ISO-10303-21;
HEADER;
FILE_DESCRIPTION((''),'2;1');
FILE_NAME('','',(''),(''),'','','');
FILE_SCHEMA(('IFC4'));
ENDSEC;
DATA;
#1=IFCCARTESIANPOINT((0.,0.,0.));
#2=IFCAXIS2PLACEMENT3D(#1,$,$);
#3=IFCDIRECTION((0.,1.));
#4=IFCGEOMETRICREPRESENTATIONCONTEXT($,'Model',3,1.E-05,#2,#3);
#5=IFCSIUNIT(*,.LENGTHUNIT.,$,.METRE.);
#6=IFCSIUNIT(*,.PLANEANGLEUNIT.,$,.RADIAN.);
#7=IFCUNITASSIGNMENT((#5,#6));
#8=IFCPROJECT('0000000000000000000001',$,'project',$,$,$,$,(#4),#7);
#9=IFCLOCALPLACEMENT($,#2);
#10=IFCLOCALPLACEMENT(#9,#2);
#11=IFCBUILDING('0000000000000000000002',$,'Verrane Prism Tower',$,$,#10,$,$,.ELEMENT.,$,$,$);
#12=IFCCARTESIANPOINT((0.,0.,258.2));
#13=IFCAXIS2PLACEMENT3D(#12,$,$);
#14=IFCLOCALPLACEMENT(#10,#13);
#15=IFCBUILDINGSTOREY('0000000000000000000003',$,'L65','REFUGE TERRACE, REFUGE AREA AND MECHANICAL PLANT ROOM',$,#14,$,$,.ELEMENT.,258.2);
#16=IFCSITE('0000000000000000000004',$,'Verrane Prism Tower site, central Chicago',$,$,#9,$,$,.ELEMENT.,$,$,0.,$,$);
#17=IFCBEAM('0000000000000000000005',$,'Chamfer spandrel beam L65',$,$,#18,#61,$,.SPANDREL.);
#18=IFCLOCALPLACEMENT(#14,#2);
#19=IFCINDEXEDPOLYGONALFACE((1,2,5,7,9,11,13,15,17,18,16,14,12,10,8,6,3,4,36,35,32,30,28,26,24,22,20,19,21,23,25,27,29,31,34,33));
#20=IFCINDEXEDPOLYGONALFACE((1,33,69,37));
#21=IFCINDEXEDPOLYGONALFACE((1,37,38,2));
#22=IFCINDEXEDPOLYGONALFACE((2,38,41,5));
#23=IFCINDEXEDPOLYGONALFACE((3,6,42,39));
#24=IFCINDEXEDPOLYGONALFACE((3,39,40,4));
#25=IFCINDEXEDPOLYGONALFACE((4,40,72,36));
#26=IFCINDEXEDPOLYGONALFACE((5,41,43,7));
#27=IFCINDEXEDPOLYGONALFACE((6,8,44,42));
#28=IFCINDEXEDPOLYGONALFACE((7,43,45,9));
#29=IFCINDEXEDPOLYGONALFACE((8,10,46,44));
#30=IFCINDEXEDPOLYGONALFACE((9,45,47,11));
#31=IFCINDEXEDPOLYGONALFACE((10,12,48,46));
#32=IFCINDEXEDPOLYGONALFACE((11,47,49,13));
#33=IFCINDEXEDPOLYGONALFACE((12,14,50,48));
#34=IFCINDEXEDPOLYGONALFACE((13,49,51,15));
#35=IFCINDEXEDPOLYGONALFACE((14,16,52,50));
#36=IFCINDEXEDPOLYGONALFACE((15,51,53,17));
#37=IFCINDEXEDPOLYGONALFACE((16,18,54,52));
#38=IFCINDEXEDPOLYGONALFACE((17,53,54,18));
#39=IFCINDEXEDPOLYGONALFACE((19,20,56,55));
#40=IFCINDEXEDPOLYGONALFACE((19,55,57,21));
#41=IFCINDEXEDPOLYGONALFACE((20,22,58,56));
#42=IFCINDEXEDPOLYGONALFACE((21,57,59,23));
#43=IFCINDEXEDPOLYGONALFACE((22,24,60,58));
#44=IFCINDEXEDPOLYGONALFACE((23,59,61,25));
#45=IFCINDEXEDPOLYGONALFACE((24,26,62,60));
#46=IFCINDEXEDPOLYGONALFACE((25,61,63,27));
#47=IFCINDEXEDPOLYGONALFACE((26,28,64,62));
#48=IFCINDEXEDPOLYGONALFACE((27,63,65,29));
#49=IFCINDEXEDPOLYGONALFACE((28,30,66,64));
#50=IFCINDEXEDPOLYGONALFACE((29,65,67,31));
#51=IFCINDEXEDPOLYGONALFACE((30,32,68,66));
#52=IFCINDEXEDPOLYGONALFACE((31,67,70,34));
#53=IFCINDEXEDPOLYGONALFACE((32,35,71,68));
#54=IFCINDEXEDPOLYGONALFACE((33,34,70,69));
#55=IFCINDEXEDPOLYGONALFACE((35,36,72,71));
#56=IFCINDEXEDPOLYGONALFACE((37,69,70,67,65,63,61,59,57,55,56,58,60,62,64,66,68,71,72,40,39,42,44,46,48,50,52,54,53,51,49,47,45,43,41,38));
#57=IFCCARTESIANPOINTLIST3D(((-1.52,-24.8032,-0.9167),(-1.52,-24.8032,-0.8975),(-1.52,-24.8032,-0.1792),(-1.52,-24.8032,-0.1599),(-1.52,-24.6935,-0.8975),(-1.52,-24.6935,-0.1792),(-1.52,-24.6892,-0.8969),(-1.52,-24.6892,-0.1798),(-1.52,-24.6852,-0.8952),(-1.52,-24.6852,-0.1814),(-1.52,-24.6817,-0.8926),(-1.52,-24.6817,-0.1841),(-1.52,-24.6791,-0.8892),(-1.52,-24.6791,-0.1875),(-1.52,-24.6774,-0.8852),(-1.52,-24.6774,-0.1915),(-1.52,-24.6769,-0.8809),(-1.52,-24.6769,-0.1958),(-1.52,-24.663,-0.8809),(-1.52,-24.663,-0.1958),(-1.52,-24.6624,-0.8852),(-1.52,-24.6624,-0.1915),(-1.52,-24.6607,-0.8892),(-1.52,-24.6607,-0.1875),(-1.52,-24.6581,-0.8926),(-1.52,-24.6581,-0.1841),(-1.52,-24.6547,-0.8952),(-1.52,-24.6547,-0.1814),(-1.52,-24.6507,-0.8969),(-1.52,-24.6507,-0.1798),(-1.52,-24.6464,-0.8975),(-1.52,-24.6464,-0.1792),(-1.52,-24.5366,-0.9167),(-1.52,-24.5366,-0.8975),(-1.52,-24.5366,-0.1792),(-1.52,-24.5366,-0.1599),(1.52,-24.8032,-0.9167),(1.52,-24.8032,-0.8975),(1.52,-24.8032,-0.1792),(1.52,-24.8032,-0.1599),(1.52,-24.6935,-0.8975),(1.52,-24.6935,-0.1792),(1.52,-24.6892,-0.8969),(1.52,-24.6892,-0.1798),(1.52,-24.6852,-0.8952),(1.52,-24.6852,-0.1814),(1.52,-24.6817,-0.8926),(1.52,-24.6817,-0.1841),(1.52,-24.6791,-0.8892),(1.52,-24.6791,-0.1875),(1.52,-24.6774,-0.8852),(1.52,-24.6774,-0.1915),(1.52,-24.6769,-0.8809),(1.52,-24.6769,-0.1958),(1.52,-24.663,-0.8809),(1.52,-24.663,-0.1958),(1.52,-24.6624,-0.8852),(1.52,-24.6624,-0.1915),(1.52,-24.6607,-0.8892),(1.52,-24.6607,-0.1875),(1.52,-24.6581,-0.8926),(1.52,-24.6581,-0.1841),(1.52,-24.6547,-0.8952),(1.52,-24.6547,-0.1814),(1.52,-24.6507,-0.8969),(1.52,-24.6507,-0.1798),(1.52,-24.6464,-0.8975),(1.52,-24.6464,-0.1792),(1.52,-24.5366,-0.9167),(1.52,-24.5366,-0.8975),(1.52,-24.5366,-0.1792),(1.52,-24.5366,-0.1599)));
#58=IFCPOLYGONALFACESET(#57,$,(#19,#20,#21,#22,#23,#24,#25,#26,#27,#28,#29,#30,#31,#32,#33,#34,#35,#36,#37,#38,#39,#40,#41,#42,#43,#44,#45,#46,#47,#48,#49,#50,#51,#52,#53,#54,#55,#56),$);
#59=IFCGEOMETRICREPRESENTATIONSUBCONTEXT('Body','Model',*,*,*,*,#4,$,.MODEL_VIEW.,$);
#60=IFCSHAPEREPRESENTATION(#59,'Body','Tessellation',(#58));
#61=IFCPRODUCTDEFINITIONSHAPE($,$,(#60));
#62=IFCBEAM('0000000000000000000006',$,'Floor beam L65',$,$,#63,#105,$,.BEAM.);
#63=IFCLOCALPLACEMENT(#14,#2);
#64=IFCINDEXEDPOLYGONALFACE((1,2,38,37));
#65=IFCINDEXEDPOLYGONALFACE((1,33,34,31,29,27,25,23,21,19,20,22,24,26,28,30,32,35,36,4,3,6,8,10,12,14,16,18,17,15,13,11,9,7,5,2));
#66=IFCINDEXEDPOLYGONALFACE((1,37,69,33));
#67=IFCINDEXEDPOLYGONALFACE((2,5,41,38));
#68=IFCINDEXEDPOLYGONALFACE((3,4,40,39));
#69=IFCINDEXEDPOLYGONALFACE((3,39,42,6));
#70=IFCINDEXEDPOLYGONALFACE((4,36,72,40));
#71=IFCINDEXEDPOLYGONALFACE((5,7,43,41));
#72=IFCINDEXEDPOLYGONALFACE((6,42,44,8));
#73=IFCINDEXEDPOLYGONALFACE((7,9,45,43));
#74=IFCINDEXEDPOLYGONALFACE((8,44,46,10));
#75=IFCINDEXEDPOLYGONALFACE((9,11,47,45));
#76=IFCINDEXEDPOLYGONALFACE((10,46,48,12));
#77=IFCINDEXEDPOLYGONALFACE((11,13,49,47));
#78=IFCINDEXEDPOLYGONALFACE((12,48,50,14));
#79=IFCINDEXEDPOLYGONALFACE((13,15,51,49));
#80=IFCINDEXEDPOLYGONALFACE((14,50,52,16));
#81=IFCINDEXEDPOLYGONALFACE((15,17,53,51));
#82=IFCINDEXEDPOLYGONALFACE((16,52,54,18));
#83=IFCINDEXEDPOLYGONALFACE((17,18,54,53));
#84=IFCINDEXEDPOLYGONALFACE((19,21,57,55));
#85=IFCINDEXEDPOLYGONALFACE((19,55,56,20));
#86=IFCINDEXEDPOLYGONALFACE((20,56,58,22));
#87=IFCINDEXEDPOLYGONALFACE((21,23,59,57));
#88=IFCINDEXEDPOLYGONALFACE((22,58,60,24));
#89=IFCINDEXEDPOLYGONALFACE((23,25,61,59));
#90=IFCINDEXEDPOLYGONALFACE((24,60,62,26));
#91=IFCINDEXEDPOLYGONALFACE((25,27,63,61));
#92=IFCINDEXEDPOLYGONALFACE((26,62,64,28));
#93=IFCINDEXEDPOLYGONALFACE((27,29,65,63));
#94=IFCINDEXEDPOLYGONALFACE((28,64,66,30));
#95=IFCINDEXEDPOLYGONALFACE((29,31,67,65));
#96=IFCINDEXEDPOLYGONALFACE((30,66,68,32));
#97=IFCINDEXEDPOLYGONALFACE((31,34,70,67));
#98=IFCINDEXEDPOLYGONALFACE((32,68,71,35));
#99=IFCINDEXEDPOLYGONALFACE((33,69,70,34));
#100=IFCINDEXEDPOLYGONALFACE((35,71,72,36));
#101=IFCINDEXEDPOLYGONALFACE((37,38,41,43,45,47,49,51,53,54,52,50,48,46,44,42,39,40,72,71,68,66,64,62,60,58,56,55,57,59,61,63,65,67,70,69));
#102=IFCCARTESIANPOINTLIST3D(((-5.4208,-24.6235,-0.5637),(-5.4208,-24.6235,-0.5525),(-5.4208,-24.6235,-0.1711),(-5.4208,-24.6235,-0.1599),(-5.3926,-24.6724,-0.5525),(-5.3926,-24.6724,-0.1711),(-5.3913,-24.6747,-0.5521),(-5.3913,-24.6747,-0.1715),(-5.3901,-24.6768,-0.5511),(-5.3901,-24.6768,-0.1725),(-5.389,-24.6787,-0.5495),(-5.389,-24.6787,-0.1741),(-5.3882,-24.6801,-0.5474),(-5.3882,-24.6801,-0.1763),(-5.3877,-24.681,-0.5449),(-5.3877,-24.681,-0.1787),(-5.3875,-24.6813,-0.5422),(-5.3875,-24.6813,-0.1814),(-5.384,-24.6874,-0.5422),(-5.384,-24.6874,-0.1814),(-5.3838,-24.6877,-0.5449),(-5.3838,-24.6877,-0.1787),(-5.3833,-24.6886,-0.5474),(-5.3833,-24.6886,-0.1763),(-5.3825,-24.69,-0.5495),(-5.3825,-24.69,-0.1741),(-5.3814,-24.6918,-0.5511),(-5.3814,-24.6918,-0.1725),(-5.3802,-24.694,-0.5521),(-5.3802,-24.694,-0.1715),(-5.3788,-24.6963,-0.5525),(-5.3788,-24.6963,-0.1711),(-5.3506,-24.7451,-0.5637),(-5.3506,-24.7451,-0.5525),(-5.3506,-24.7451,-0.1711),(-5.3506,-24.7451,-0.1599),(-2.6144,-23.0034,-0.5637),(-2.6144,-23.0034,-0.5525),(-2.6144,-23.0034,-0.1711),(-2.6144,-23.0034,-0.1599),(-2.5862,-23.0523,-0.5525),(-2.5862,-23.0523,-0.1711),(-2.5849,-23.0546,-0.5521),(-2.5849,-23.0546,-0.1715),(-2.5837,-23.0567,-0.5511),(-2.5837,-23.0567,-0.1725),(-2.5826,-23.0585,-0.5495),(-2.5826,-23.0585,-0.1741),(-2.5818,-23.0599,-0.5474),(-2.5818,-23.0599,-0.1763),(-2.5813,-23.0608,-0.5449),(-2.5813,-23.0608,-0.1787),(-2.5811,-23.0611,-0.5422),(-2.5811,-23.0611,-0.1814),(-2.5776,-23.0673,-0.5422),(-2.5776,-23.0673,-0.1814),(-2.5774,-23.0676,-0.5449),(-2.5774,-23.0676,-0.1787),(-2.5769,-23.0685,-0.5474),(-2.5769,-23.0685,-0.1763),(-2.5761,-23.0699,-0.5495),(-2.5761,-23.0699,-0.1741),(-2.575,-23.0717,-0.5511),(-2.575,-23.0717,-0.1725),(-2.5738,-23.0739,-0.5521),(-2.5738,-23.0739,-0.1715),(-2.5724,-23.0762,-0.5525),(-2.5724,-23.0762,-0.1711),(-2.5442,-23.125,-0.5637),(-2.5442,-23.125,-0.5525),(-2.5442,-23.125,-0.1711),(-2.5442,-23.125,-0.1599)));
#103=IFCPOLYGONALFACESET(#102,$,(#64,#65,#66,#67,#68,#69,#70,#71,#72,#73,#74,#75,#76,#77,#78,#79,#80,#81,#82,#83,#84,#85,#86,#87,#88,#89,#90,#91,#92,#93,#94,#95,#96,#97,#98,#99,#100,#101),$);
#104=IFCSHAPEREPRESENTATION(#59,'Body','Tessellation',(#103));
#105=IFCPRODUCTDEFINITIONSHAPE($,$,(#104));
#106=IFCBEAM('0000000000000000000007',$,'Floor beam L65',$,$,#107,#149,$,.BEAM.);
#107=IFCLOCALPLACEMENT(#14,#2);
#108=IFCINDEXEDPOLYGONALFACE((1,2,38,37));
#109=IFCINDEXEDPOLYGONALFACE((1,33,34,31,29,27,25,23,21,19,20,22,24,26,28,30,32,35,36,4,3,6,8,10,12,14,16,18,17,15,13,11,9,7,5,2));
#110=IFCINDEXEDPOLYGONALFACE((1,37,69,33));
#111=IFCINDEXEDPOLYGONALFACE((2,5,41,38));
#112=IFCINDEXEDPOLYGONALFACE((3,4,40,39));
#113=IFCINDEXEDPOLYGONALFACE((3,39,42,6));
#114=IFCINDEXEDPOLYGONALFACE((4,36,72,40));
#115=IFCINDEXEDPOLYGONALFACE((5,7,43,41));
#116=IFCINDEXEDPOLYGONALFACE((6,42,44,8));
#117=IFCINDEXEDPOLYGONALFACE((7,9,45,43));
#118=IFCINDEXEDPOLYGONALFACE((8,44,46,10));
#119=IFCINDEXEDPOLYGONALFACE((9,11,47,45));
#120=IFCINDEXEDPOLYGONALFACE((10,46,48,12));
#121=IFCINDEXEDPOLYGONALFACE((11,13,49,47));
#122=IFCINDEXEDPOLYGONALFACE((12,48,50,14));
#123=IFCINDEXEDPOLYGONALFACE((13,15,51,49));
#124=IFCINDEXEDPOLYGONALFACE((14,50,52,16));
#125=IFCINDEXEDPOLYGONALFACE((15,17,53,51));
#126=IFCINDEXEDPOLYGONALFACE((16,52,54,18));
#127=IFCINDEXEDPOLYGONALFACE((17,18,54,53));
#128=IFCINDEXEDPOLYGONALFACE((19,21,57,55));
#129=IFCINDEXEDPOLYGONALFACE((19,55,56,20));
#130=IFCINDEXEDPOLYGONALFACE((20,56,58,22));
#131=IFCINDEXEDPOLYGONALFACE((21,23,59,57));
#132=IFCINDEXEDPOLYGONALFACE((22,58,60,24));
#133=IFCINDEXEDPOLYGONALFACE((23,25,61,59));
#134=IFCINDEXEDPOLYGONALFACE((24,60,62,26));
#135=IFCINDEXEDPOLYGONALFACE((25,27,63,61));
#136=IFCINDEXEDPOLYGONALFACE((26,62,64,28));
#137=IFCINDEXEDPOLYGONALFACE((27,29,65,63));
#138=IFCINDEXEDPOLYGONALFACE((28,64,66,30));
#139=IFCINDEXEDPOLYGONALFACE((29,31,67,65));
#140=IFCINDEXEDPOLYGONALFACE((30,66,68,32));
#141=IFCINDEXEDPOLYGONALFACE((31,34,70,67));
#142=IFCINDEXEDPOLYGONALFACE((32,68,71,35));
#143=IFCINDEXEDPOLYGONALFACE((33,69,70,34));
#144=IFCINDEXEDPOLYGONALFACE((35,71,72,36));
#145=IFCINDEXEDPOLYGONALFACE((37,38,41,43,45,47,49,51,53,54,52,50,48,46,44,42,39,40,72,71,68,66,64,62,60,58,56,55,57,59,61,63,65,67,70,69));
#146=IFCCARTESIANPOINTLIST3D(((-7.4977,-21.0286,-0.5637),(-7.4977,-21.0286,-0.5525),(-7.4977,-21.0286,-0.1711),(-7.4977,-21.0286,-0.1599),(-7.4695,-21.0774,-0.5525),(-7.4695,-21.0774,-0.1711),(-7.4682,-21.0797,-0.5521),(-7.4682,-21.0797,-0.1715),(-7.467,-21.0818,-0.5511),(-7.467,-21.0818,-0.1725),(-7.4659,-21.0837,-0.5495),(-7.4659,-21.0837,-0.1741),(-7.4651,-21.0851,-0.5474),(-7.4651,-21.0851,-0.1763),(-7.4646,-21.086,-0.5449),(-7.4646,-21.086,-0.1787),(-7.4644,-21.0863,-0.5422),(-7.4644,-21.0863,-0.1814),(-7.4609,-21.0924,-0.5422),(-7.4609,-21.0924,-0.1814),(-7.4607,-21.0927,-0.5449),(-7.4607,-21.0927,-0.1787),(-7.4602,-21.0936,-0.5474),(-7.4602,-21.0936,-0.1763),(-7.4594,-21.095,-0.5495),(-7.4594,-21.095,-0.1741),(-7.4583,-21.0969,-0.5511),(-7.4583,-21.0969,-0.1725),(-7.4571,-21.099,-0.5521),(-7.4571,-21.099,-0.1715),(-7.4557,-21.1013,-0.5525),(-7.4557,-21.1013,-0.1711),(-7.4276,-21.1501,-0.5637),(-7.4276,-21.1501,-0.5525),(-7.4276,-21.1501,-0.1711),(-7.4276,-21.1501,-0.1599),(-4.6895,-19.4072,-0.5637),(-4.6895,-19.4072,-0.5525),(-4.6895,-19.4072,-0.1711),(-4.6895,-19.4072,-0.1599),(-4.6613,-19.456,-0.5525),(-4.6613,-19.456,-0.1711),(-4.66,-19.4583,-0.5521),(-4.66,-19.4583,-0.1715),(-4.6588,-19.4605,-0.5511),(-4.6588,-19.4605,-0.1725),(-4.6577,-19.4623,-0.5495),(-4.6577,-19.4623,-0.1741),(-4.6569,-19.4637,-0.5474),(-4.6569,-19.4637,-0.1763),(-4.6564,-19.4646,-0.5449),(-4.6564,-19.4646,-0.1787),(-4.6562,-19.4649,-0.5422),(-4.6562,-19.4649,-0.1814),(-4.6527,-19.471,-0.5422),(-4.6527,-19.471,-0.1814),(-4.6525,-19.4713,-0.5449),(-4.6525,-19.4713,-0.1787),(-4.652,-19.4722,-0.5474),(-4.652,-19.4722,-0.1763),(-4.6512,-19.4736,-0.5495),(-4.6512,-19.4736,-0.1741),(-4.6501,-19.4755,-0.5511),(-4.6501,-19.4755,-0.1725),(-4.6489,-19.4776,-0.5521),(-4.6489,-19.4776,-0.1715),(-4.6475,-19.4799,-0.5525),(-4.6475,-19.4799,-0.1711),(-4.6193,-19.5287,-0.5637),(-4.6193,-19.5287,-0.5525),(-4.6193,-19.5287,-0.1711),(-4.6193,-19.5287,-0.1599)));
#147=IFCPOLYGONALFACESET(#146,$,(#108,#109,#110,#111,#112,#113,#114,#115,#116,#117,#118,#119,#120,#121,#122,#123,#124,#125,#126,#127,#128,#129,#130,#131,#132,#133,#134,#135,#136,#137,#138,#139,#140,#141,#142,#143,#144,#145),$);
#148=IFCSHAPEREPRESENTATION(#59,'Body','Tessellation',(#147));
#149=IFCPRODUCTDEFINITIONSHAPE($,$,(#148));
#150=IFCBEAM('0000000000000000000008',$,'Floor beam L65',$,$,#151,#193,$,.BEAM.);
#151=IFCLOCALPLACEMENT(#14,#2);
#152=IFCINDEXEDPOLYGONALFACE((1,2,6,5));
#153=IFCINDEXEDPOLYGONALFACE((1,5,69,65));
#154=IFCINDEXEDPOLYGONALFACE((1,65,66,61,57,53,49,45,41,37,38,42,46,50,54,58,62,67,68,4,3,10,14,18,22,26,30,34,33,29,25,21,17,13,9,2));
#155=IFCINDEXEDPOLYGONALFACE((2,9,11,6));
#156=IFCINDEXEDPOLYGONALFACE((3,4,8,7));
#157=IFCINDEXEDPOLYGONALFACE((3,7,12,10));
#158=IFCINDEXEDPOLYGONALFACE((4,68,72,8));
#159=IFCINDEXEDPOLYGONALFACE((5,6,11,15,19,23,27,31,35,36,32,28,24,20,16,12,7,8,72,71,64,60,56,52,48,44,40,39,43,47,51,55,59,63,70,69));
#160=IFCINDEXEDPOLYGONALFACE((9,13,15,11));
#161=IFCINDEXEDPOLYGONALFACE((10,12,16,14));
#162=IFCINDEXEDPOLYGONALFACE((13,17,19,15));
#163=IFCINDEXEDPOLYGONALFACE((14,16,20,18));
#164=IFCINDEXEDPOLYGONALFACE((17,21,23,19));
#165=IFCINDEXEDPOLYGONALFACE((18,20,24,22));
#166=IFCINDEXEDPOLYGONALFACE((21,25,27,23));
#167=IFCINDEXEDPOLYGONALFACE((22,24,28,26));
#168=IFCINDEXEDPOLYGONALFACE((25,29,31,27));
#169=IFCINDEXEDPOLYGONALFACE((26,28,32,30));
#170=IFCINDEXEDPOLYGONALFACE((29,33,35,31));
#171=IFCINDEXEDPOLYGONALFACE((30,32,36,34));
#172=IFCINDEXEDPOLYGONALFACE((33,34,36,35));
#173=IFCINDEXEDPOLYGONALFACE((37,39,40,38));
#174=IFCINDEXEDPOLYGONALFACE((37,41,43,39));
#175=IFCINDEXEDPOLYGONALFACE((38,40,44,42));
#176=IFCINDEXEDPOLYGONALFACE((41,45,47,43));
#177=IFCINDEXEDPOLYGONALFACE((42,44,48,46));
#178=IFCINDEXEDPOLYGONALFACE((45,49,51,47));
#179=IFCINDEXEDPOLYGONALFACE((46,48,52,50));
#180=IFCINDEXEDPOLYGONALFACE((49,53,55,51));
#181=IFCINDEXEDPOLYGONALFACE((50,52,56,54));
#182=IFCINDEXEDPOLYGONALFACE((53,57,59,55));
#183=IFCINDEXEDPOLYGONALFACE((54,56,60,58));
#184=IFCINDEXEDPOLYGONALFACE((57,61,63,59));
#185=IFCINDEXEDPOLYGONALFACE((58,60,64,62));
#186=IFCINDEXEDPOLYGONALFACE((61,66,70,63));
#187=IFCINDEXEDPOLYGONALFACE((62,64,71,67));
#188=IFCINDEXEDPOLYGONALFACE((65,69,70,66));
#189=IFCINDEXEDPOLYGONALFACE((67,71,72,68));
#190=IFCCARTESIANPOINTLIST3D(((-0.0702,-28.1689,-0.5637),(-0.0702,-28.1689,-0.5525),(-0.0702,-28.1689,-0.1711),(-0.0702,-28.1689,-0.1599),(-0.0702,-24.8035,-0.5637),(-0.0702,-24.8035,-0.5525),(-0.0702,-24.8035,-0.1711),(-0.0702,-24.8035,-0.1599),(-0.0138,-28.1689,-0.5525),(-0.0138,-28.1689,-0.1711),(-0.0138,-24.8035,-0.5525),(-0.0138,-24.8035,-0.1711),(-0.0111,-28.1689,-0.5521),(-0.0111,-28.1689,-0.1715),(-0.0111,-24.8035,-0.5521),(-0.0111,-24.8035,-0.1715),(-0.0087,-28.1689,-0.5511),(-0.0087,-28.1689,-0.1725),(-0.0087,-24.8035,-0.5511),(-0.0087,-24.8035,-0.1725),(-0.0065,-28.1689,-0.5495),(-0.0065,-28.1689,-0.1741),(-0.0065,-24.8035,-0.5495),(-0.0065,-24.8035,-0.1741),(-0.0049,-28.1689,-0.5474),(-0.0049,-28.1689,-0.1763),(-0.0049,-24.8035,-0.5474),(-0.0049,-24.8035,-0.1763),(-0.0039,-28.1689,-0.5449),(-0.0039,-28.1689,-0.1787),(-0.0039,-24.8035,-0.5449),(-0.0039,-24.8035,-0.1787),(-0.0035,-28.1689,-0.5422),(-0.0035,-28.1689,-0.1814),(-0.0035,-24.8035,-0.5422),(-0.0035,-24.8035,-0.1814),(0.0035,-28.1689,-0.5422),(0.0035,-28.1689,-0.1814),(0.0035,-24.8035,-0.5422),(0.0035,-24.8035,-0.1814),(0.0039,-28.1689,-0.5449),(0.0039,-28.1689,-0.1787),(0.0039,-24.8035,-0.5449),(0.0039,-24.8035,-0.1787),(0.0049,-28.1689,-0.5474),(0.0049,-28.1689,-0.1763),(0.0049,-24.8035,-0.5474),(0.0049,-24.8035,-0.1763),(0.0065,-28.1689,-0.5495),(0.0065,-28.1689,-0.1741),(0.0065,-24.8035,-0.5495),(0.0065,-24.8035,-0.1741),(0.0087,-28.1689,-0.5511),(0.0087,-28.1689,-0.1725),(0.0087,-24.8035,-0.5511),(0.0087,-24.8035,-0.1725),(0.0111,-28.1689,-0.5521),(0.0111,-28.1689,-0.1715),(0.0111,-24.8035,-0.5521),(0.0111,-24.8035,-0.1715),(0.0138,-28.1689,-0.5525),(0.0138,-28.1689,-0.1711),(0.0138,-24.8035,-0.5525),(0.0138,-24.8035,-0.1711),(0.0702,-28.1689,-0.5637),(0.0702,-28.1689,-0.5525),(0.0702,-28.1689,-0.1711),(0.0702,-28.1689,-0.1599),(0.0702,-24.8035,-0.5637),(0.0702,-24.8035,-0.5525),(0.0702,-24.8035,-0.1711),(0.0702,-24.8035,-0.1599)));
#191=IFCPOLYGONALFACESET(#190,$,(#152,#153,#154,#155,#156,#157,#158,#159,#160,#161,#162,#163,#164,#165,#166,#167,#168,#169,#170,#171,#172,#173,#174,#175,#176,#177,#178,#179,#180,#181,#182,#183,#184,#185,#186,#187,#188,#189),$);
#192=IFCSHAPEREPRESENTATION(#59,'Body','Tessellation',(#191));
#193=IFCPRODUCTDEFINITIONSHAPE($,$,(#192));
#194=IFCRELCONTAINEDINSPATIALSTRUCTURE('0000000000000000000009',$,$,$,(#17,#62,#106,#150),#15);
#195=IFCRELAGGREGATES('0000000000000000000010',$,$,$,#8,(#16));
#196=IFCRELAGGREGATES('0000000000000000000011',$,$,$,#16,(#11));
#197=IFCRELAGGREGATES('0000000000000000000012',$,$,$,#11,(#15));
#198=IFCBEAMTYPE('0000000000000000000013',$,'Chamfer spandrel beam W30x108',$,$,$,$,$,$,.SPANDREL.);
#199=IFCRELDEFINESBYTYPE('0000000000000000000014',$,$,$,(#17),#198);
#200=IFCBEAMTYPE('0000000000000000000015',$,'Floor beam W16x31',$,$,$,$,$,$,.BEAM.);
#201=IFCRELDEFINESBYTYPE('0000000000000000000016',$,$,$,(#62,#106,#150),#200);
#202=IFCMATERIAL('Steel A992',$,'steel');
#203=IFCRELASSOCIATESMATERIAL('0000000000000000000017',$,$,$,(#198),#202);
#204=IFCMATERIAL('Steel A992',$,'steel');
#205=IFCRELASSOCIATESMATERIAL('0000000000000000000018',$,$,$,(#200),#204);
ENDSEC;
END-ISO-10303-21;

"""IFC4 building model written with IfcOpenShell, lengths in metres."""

from ifc_helpers import new_model, si_unit, direction, frame, origin, origin_2d, place, context, subcontext, project, spatial, i_section, extrude, material, material_profile, profile_set, type_object, element, save


model = new_model("IFC4")

# Units and contexts
model_context = context("Model", 3, precision=1e-05, world=origin(), true_north=direction((0.0, 1.0)))
body_context = subcontext(model_context, "Body", "Model", "MODEL_VIEW")
ifc_project = project(units=[si_unit("LENGTHUNIT", "METRE"), si_unit("PLANEANGLEUNIT", "RADIAN")], contexts=[model_context])

# Site, building, storey
site_placement = place(None, origin())
site = spatial("IfcSite", under=ifc_project, at=site_placement, Name="Verrane Prism Tower site, central Chicago", CompositionType="ELEMENT", RefElevation=0.0)
building_placement = place(site_placement, origin())
building = spatial("IfcBuilding", under=site, at=building_placement, Name="Verrane Prism Tower", CompositionType="ELEMENT")
storey_placement = place(building_placement, frame((0.0, 0.0, 258.2)))
storey = spatial("IfcBuildingStorey", under=building, at=storey_placement, Name="L65", Description="REFUGE TERRACE, REFUGE AREA AND MECHANICAL PLANT ROOM", CompositionType="ELEMENT", Elevation=258.2)

# Beams
ifc_material_1 = material(Name="Steel A992", Category="steel")
ifc_material_profile_1 = material_profile(ifc_material_1, i_section(OverallWidth=0.2666, OverallDepth=0.7568, WebThickness=0.0139, FlangeThickness=0.0193, FilletRadius=0.0166, at=origin_2d()), Name="W30x108")
ifc_profile_set_1 = profile_set([ifc_material_profile_1], Name="Steel A992")
beam_type_1 = type_object("IfcBeamType", Name="Chamfer spandrel beam W30x108", PredefinedType="SPANDREL", material=ifc_profile_set_1)
beam_1_placement = place(storey_placement, frame((-1.52, -24.6699, -0.5383), z_axis=(1.0, 0.0, 0.0), x_axis=(0.0, 1.0, 0.0)))
element("IfcBeam", 1, at=beam_1_placement, inside=storey, type_object=beam_type_1, Name="Chamfer spandrel beam L65", PredefinedType="SPANDREL", context=body_context, shape_type="SweptSolid", body=[
    extrude(i_section(OverallWidth=0.2666, OverallDepth=0.7568, WebThickness=0.0139, FlangeThickness=0.0193, FilletRadius=0.0166, at=origin_2d()), origin(), (0.0, 0.0, 1.0), 3.04),
])
ifc_material_2 = material(Name="Steel A992", Category="steel")
ifc_material_profile_2 = material_profile(ifc_material_2, i_section(OverallWidth=0.1404, OverallDepth=0.4038, WebThickness=0.0071, FlangeThickness=0.0112, FilletRadius=0.0103, at=origin_2d()), Name="W16x31")
ifc_profile_set_2 = profile_set([ifc_material_profile_2], Name="Steel A992")
beam_type_2 = type_object("IfcBeamType", Name="Floor beam W16x31", PredefinedType="BEAM", material=ifc_profile_set_2)
beam_2_placement = place(storey_placement, frame((-5.3857, -24.6843, -0.3618), z_axis=(0.866046, 0.499964, 0.0), x_axis=(-0.499964, 0.866046, 0.0)))
element("IfcBeam", 2, at=beam_2_placement, inside=storey, type_object=beam_type_2, Name="Floor beam L65", PredefinedType="BEAM", context=body_context, shape_type="SweptSolid", body=[
    extrude(i_section(OverallWidth=0.1404, OverallDepth=0.4038, WebThickness=0.0071, FlangeThickness=0.0112, FilletRadius=0.0103, at=origin_2d()), origin(), (0.0, 0.0, 1.0), 3.2405),
])
beam_3_placement = place(storey_placement, frame((-7.4626, -21.0894, -0.3618), z_axis=(0.866015, 0.500018, 0.0), x_axis=(-0.500018, 0.866015, 0.0)))
element("IfcBeam", 3, at=beam_3_placement, inside=storey, type_object=beam_type_2, Name="Floor beam L65", PredefinedType="BEAM", context=body_context, shape_type="SweptSolid", body=[
    extrude(i_section(OverallWidth=0.1404, OverallDepth=0.4038, WebThickness=0.0071, FlangeThickness=0.0112, FilletRadius=0.0103, at=origin_2d()), origin(), (0.0, 0.0, 1.0), 3.2427),
])
beam_4_placement = place(storey_placement, frame((0.0, -28.1689, -0.3618), z_axis=(0.0, 1.0, 0.0), x_axis=(-1.0, 0.0, 0.0)))
element("IfcBeam", 4, at=beam_4_placement, inside=storey, type_object=beam_type_2, Name="Floor beam L65", PredefinedType="BEAM", context=body_context, shape_type="SweptSolid", body=[
    extrude(i_section(OverallWidth=0.1404, OverallDepth=0.4038, WebThickness=0.0071, FlangeThickness=0.0112, FilletRadius=0.0103, at=origin_2d()), origin(), (0.0, 0.0, 1.0), 3.3655),
])

save(model, "model.ifc")
